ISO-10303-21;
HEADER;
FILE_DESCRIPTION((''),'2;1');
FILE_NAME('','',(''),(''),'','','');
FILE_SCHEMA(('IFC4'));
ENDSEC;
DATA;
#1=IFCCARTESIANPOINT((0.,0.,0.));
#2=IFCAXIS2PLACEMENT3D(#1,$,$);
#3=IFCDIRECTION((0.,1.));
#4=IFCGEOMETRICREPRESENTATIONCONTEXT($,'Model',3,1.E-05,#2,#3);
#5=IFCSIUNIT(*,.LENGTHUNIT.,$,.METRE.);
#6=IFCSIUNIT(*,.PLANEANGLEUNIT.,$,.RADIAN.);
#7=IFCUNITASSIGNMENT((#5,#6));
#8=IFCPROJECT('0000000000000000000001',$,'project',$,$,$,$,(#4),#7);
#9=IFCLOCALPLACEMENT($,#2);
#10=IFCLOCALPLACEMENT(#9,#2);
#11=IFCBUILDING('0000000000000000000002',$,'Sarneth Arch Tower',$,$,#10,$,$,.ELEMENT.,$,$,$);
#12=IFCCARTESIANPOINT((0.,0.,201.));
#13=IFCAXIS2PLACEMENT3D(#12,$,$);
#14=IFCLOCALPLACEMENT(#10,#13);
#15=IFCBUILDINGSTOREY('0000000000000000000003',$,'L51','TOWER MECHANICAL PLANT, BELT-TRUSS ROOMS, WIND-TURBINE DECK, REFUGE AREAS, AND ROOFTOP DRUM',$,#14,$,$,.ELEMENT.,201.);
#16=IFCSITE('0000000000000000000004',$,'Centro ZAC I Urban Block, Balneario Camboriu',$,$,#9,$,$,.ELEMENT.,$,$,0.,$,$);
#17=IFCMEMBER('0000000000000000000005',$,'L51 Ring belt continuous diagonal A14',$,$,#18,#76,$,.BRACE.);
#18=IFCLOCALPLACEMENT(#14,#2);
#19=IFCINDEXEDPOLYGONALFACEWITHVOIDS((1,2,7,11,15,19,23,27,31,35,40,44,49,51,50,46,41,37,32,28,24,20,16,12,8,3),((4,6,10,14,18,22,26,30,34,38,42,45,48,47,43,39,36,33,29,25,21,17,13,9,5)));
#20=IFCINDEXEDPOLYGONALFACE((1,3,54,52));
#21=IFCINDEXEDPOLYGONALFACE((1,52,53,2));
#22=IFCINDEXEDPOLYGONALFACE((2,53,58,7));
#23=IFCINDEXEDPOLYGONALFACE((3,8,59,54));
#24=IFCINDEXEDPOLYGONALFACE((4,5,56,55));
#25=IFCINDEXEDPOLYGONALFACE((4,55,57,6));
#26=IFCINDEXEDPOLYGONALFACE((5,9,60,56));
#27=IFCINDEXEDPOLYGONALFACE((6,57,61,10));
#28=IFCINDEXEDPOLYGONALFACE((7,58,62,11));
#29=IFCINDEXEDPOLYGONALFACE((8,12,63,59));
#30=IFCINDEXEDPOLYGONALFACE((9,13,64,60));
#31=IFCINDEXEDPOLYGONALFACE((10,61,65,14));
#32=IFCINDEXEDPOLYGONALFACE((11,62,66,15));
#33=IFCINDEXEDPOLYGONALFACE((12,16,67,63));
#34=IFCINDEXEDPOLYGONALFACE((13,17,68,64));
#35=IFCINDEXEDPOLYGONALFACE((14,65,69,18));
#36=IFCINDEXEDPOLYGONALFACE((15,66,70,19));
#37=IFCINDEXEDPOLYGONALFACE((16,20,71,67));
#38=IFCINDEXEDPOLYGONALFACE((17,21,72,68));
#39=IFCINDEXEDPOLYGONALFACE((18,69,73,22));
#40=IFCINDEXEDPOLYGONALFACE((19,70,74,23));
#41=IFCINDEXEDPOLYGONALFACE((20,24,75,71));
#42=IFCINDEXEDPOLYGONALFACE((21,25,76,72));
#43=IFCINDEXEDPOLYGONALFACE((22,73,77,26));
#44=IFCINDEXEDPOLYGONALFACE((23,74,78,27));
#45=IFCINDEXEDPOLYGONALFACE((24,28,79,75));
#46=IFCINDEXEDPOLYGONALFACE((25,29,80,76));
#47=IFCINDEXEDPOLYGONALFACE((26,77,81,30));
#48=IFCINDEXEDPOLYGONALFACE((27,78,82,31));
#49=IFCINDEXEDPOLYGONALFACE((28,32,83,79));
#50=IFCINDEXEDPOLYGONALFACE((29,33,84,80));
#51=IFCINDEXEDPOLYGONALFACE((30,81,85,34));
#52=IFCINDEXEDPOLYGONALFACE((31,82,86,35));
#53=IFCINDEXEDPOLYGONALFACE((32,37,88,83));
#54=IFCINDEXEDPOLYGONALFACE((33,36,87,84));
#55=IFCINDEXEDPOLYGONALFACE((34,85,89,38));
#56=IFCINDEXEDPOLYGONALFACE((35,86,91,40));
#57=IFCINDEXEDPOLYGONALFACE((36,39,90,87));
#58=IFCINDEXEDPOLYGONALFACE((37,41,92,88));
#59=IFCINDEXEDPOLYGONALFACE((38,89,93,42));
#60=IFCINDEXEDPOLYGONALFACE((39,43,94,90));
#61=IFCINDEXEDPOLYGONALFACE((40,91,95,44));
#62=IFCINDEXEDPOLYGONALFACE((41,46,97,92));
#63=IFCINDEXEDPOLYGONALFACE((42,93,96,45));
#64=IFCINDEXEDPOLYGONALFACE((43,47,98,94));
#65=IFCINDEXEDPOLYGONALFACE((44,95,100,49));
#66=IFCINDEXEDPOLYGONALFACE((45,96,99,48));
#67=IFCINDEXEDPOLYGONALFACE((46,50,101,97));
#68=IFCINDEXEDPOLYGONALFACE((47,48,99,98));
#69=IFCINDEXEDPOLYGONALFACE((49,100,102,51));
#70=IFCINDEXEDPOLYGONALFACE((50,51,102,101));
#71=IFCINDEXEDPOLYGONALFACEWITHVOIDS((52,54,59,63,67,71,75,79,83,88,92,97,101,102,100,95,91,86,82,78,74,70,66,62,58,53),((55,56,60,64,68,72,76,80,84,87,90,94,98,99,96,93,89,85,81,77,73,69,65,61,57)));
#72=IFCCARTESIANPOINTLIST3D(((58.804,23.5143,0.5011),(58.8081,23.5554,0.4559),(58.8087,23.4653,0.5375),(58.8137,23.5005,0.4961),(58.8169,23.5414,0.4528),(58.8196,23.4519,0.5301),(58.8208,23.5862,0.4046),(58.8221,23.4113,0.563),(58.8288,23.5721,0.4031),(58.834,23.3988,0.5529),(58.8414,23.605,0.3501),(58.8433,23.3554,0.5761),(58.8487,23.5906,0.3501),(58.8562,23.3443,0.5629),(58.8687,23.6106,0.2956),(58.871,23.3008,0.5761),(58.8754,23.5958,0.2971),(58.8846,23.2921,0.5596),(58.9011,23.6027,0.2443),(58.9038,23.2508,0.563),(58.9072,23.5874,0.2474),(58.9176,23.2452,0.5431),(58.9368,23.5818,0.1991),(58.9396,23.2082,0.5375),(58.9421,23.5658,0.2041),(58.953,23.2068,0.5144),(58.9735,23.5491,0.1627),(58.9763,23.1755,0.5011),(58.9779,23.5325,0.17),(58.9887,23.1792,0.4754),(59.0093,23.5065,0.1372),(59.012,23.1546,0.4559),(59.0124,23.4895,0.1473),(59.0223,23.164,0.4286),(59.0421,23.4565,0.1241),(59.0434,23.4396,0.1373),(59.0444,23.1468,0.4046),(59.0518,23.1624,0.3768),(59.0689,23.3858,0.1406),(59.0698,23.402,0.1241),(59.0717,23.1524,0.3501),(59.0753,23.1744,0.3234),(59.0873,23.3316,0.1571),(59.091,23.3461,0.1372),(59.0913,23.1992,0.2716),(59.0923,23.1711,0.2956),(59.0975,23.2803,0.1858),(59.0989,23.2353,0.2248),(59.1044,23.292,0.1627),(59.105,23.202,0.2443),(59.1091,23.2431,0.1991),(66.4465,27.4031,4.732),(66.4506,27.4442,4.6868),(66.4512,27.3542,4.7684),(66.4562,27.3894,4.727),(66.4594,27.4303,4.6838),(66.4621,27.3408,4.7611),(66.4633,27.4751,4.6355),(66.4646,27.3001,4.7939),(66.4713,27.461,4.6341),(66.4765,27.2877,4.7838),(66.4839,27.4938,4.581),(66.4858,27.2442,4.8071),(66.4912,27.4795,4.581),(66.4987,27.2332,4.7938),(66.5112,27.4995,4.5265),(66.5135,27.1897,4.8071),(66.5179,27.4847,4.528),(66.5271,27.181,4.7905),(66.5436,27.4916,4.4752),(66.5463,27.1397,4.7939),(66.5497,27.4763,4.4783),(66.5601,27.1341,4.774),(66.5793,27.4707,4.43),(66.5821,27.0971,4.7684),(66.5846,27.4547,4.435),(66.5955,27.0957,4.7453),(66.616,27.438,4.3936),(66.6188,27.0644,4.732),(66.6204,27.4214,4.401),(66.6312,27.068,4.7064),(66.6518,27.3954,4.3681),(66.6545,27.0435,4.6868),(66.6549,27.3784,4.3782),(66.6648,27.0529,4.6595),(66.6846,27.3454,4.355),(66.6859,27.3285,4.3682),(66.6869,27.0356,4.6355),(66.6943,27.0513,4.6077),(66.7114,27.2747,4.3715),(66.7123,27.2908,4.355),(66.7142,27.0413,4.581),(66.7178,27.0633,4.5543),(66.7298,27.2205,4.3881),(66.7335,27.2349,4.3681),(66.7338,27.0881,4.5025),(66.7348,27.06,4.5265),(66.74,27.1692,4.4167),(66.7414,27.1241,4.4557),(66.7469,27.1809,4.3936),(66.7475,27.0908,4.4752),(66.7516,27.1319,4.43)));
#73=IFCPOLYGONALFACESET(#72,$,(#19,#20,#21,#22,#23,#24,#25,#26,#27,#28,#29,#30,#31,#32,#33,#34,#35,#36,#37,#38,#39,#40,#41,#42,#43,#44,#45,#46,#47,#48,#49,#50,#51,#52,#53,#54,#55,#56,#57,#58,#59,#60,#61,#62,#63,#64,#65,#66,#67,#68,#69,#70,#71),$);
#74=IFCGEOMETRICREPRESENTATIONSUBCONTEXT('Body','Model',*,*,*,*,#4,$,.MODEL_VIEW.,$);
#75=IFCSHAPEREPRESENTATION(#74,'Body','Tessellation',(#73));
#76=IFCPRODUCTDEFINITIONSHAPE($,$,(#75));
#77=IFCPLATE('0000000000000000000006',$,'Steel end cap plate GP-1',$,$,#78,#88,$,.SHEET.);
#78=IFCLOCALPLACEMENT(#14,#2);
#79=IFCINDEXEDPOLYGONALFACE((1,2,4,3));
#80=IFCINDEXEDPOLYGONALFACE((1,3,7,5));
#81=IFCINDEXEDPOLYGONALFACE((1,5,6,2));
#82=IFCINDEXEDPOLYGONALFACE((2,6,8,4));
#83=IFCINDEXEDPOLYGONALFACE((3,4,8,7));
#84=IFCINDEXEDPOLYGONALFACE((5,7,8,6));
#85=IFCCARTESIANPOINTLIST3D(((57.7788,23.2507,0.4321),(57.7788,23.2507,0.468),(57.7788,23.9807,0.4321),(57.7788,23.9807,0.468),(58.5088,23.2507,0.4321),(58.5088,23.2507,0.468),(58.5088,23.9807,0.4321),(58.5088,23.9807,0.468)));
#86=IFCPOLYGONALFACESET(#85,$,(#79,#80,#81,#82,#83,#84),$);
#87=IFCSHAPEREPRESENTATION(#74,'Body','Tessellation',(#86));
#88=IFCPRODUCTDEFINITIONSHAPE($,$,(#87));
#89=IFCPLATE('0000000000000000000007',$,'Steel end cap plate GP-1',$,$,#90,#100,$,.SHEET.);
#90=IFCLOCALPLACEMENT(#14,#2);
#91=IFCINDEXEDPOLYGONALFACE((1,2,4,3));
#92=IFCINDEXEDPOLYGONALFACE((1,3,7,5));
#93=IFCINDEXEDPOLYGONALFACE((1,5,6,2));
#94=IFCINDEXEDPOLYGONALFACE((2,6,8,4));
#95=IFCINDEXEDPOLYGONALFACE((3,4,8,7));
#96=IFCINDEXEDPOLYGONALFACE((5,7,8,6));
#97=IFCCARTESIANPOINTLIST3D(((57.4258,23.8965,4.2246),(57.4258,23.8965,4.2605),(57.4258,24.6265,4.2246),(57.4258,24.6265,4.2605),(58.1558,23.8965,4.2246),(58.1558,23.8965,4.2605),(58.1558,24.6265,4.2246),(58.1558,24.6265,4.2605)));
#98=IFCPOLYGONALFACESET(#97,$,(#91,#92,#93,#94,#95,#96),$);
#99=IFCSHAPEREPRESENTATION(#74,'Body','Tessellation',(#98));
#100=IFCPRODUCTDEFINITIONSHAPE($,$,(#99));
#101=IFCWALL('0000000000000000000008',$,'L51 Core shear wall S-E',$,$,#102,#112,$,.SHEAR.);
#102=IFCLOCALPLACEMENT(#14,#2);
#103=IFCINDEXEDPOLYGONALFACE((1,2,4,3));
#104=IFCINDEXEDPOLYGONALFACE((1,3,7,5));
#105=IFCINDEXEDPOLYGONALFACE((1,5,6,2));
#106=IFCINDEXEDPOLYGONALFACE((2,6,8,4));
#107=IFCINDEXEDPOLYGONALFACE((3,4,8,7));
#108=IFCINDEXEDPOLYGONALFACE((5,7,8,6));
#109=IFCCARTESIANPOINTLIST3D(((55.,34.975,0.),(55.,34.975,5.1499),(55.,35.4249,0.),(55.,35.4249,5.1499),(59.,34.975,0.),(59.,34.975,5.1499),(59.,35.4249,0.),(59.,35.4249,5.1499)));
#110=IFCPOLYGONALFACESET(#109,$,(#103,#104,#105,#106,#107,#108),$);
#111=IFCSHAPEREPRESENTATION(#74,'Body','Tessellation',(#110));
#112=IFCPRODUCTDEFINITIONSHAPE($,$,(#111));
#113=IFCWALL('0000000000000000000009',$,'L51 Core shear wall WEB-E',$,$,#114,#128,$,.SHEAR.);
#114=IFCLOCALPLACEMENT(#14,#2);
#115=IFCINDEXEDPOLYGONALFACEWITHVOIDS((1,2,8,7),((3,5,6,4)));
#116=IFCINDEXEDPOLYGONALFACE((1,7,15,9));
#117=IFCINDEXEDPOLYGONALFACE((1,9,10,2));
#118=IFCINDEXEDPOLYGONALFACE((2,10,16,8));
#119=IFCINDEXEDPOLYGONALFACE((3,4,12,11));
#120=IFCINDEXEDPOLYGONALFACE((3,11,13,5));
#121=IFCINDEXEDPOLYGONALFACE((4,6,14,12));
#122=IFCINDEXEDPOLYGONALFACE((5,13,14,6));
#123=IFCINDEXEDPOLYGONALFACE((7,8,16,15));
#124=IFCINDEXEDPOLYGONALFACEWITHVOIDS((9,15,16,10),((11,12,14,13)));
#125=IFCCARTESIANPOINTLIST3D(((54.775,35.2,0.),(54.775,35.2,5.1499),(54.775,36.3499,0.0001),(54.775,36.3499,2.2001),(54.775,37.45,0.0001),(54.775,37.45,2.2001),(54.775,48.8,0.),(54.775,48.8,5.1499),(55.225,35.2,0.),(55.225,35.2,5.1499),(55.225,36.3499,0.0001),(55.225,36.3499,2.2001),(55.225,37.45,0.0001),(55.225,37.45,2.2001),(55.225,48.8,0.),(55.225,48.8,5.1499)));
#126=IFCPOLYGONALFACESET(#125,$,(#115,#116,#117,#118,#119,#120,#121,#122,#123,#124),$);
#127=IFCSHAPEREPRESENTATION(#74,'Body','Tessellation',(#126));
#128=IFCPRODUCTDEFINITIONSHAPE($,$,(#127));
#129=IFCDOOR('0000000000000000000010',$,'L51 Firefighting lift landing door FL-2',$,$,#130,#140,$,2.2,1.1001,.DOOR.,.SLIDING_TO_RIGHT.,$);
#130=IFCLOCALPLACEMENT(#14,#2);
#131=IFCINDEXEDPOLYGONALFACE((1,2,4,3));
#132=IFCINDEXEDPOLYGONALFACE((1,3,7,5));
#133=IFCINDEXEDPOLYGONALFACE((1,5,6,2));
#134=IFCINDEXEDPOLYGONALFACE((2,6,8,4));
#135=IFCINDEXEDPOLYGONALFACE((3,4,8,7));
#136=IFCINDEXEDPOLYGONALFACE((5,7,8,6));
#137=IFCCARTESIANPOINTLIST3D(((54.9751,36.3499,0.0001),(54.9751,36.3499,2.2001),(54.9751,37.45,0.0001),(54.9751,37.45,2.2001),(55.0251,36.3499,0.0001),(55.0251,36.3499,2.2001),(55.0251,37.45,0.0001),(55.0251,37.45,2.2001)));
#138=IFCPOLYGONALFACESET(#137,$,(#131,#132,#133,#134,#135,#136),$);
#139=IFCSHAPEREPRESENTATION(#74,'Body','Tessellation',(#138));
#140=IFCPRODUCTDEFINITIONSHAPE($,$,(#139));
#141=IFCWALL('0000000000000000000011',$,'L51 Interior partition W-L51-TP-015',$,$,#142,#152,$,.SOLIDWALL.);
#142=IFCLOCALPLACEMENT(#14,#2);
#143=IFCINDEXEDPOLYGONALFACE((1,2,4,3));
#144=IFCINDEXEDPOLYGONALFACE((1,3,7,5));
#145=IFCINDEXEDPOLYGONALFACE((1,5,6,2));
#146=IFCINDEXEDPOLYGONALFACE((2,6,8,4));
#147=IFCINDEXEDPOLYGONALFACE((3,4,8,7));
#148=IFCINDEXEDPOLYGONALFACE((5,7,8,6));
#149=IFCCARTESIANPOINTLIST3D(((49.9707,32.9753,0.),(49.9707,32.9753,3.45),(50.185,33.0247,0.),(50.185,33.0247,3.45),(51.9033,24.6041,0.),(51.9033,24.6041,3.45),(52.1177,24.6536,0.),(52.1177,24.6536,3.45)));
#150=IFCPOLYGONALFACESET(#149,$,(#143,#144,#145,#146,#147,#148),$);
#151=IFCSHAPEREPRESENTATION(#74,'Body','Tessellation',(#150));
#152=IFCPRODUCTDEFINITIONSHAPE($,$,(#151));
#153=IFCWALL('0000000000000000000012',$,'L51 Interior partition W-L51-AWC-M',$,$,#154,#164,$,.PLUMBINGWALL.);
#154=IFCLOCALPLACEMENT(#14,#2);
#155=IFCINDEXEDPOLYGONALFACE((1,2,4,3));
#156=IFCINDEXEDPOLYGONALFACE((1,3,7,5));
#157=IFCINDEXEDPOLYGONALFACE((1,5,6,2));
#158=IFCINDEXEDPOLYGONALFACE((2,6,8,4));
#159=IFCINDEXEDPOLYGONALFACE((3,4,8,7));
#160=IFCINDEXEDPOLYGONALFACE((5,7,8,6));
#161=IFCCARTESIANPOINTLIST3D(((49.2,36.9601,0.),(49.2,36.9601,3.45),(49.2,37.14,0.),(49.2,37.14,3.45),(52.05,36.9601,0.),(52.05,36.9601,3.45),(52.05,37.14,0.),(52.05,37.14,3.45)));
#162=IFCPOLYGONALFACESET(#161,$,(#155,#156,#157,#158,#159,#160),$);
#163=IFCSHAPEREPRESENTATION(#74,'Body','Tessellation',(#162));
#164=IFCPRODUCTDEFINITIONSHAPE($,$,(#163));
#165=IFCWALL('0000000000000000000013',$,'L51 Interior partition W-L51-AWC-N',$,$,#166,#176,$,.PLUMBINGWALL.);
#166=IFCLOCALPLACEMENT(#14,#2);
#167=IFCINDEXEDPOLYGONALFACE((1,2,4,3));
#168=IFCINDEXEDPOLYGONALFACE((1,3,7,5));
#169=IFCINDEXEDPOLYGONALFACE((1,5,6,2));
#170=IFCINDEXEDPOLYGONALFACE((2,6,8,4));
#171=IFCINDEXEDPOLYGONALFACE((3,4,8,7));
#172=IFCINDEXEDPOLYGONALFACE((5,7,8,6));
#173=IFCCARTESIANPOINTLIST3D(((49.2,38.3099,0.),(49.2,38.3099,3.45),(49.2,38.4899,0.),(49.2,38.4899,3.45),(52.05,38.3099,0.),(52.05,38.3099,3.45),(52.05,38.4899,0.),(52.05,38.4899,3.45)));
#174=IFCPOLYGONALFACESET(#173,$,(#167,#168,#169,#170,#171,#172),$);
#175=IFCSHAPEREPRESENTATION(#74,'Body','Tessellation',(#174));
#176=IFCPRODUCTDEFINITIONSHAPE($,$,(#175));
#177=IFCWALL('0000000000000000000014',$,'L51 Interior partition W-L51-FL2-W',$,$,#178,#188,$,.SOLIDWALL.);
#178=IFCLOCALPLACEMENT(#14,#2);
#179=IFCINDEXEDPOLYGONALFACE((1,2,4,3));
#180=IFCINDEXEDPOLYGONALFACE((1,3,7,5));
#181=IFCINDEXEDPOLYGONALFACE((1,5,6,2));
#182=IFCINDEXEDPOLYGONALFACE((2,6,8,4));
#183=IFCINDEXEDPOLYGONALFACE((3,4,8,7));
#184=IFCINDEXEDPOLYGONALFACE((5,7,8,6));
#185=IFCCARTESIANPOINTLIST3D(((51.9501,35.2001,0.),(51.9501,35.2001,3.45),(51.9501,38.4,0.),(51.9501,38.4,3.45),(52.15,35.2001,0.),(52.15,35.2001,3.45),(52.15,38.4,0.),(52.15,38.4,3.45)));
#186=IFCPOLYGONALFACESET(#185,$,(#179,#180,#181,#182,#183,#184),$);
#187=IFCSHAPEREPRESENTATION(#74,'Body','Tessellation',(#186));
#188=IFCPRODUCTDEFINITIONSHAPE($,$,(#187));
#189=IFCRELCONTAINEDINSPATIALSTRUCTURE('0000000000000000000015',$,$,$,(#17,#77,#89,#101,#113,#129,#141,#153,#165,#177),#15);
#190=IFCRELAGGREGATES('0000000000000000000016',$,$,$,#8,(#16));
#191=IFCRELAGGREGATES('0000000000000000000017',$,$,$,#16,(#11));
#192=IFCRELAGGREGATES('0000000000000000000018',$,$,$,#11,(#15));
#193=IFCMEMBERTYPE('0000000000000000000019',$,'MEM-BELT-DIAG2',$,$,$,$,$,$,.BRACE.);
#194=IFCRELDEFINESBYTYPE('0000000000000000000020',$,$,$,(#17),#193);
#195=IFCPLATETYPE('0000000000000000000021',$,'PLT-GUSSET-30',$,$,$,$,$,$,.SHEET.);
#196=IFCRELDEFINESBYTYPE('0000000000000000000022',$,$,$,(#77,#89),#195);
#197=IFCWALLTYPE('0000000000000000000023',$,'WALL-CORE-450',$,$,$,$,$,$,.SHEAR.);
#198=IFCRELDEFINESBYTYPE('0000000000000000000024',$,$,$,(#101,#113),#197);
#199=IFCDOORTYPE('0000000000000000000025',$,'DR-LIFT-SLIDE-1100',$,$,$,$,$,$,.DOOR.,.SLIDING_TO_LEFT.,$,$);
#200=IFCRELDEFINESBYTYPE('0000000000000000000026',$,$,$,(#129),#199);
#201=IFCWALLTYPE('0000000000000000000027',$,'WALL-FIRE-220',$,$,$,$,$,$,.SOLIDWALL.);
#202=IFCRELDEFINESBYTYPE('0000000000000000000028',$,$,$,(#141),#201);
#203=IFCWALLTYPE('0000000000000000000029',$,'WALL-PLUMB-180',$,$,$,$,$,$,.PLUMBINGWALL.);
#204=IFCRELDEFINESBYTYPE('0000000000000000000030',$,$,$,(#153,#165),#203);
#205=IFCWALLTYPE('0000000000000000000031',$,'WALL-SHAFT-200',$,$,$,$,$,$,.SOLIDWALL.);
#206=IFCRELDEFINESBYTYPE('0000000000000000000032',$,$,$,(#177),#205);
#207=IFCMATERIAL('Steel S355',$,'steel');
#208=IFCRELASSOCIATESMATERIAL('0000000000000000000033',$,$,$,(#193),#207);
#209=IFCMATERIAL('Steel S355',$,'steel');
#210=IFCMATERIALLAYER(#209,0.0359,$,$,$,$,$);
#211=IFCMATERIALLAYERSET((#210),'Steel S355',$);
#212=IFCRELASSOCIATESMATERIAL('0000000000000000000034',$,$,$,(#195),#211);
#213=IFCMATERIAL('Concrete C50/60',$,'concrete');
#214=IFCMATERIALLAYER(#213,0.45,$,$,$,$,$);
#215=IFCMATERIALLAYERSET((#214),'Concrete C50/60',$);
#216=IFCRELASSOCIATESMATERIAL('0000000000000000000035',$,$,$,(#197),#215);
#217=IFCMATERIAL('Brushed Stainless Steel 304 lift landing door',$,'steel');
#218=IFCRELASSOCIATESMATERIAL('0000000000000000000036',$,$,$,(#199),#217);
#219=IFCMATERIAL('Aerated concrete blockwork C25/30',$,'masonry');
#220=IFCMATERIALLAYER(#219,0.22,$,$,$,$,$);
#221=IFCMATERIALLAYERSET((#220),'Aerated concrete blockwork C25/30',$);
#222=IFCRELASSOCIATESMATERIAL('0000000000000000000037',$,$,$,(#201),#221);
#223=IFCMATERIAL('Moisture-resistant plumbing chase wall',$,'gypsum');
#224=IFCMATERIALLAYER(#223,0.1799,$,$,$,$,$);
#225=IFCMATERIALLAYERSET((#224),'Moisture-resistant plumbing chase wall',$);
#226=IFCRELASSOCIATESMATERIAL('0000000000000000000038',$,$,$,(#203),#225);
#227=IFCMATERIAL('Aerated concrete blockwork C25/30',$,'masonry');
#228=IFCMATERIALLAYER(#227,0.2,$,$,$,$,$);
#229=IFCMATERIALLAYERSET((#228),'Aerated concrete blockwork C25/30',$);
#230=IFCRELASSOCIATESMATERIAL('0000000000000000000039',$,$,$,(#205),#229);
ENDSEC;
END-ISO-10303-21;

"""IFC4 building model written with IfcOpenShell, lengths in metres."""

from ifc_helpers import new_model, si_unit, direction, frame, frame_2d, origin, origin_2d, place, context, subcontext, project, spatial, rectangle, hollow_circle, extrude, material, layer, layer_set, material_profile, profile_set, type_object, element, fill, save


model = new_model("IFC4")

# Units and contexts
model_context = context("Model", 3, precision=1e-05, world=origin(), true_north=direction((0.0, 1.0)))
body_context = subcontext(model_context, "Body", "Model", "MODEL_VIEW")
ifc_project = project(units=[si_unit("LENGTHUNIT", "METRE"), si_unit("PLANEANGLEUNIT", "RADIAN")], contexts=[model_context])

# Site, building, storey
site_placement = place(None, origin())
site = spatial("IfcSite", under=ifc_project, at=site_placement, Name="Centro ZAC I Urban Block, Balneario Camboriu", CompositionType="ELEMENT", RefElevation=0.0)
building_placement = place(site_placement, origin())
building = spatial("IfcBuilding", under=site, at=building_placement, Name="Sarneth Arch Tower", CompositionType="ELEMENT")
storey_placement = place(building_placement, frame((0.0, 0.0, 201.0)))
storey = spatial("IfcBuildingStorey", under=building, at=storey_placement, Name="L51", Description="TOWER MECHANICAL PLANT, BELT-TRUSS ROOMS, WIND-TURBINE DECK, REFUGE AREAS, AND ROOFTOP DRUM", CompositionType="ELEMENT", Elevation=201.0)

# Member
ifc_material_1 = material(Name="Steel S355", Category="steel")
ifc_material_profile_1 = material_profile(ifc_material_1, hollow_circle(Radius=0.2539, WallThickness=0.0161, at=origin_2d()), Name="CHS508x16")
ifc_profile_set_1 = profile_set([ifc_material_profile_1], Name="Steel S355")
member_type_1 = type_object("IfcMemberType", Name="MEM-BELT-DIAG2", PredefinedType="BRACE", material=ifc_profile_set_1)
member_1_placement = place(storey_placement, frame((58.9565, 23.3787, 0.3501), z_axis=(0.799258, 0.406701, 0.442472), x_axis=(-0.453512, 0.89125, 0.0)))
element("IfcMember", 1, at=member_1_placement, inside=storey, type_object=member_type_1, Name="L51 Ring belt continuous diagonal A14", PredefinedType="BRACE", context=body_context, shape_type="SweptSolid", body=[
    extrude(hollow_circle(Radius=0.2539, WallThickness=0.0161, at=origin_2d()), origin(), (0.0, 0.0, 1.0), 9.562),
])

# Plates
ifc_material_2 = material(Name="Steel S355", Category="steel")
ifc_layer_1 = layer(ifc_material_2, 0.0359)
ifc_layer_set_1 = layer_set([ifc_layer_1], Name="Steel S355")
plate_type = type_object("IfcPlateType", Name="PLT-GUSSET-30", PredefinedType="SHEET", material=ifc_layer_set_1)
for number, where, z_axis, x_axis, name in (
    (2, (58.1438, 23.6157, 0.4321), (0.0, 0.0, 1.0), (1.0, 0.0, 0.0), "Steel end cap plate GP-1"),
    (3, (57.7908, 24.2615, 4.2246), (0.0, 0.0, 1.0), (1.0, 0.0, 0.0), "Steel end cap plate GP-1"),
):
    element("IfcPlate", number, at=place(storey_placement, frame(where, z_axis=z_axis, x_axis=x_axis)), inside=storey, type_object=plate_type, Name=name, PredefinedType="SHEET", context=body_context, shape_type="SweptSolid", body=[
        extrude(rectangle(XDim=0.73, YDim=0.73, at=origin_2d()), origin(), (0.0, 0.0, 1.0), 0.0359),
    ])

# Wall
ifc_material_3 = material(Name="Concrete C50/60", Category="concrete")
ifc_layer_2 = layer(ifc_material_3, 0.45)
ifc_layer_set_2 = layer_set([ifc_layer_2], Name="Concrete C50/60")
wall_type_1 = type_object("IfcWallType", Name="WALL-CORE-450", PredefinedType="SHEAR", material=ifc_layer_set_2)
wall_1_placement = place(storey_placement, frame((55.0, 35.2, 0.0), z_axis=(0.0, 0.0, 1.0), x_axis=(1.0, 0.0, 0.0)))
element("IfcWall", 4, at=wall_1_placement, inside=storey, type_object=wall_type_1, Name="L51 Core shear wall S-E", PredefinedType="SHEAR", context=body_context, shape_type="SweptSolid", body=[
    extrude(rectangle(XDim=4.0, YDim=0.45, at=frame_2d((2.0, 0.0))), origin(), (0.0, 0.0, 1.0), 5.1499),
])

# Wall, opening, door
wall_2_placement = place(storey_placement, frame((55.0, 35.2, 0.0), z_axis=(0.0, 0.0, 1.0), x_axis=(0.0, 1.0, 0.0)))
wall_2 = element("IfcWall", 5, at=wall_2_placement, inside=storey, type_object=wall_type_1, Name="L51 Core shear wall WEB-E", PredefinedType="SHEAR", context=body_context, shape_type="SweptSolid", body=[
    extrude(rectangle(XDim=13.6001, YDim=0.45, at=frame_2d((6.8, 0.0))), origin(), (0.0, 0.0, 1.0), 5.1499),
])
opening_1_placement = place(wall_2_placement, frame((1.1499, 0.0, 0.0)))
opening_1 = element("IfcOpeningElement", 6, at=opening_1_placement, cuts=wall_2, PredefinedType="OPENING", context=body_context, shape_type="SweptSolid", body=[
    extrude(rectangle(XDim=1.1001, YDim=2.2, at=frame_2d((0.55, 1.1001))), frame((0.0, 0.2349, 0.0), z_axis=(0.0, -1.0, 0.0), x_axis=(1.0, 0.0, 0.0)), (0.0, 0.0, 1.0), 0.47),
])
ifc_material_4 = material(Name="Brushed Stainless Steel 304 lift landing door", Category="steel")
door_type_1 = type_object("IfcDoorType", Name="DR-LIFT-SLIDE-1100", OperationType="SLIDING_TO_LEFT", PredefinedType="DOOR", material=ifc_material_4)
door_1_placement = place(opening_1_placement, origin())
door_1 = element("IfcDoor", 7, at=door_1_placement, inside=storey, type_object=door_type_1, Name="L51 Firefighting lift landing door FL-2", OperationType="SLIDING_TO_RIGHT", OverallHeight=2.2, OverallWidth=1.1001, PredefinedType="DOOR", context=body_context, shape_type="SweptSolid", body=[
    extrude(rectangle(XDim=1.1001, YDim=2.2, at=frame_2d((0.55, 1.1001))), frame((0.0, 0.0249, 0.0), z_axis=(0.0, -1.0, 0.0), x_axis=(1.0, 0.0, 0.0)), (0.0, 0.0, 1.0), 0.05),
])
fill(opening_1, door_1)

# Walls
ifc_material_5 = material(Name="Aerated concrete blockwork C25/30", Category="masonry")
ifc_layer_3 = layer(ifc_material_5, 0.22)
ifc_layer_set_3 = layer_set([ifc_layer_3], Name="Aerated concrete blockwork C25/30")
wall_type_2 = type_object("IfcWallType", Name="WALL-FIRE-220", PredefinedType="SOLIDWALL", material=ifc_layer_set_3)
wall_3_placement = place(storey_placement, frame((50.0779, 33.0, 0.0), z_axis=(0.0, 0.0, 1.0), x_axis=(0.224951, -0.97437, 0.0)))
element("IfcWall", 8, at=wall_3_placement, inside=storey, type_object=wall_type_2, Name="L51 Interior partition W-L51-TP-015", PredefinedType="SOLIDWALL", context=body_context, shape_type="SweptSolid", body=[
    extrude(rectangle(XDim=8.5913, YDim=0.22, at=frame_2d((4.2957, 0.0))), origin(), (0.0, 0.0, 1.0), 3.45),
])
ifc_material_6 = material(Name="Moisture-resistant plumbing chase wall", Category="gypsum")
ifc_layer_4 = layer(ifc_material_6, 0.1799)
ifc_layer_set_4 = layer_set([ifc_layer_4], Name="Moisture-resistant plumbing chase wall")
wall_type_3 = type_object("IfcWallType", Name="WALL-PLUMB-180", PredefinedType="PLUMBINGWALL", material=ifc_layer_set_4)
for number, where, z_axis, x_axis, name in (
    (9, (49.2, 37.05, 0.0), (0.0, 0.0, 1.0), (1.0, 0.0, 0.0), "L51 Interior partition W-L51-AWC-M"),
    (10, (49.2, 38.3999, 0.0), (0.0, 0.0, 1.0), (1.0, 0.0, 0.0), "L51 Interior partition W-L51-AWC-N"),
):
    element("IfcWall", number, at=place(storey_placement, frame(where, z_axis=z_axis, x_axis=x_axis)), inside=storey, type_object=wall_type_3, Name=name, PredefinedType="PLUMBINGWALL", context=body_context, shape_type="SweptSolid", body=[
        extrude(rectangle(XDim=2.8501, YDim=0.1799, at=frame_2d((1.425, 0.0))), origin(), (0.0, 0.0, 1.0), 3.45),
    ])

# Shared definitions
ifc_material_7 = material(Name="Aerated concrete blockwork C25/30", Category="masonry")
ifc_layer_5 = layer(ifc_material_7, 0.2)
ifc_layer_set_5 = layer_set([ifc_layer_5], Name="Aerated concrete blockwork C25/30")
wall_type_4 = type_object("IfcWallType", Name="WALL-SHAFT-200", PredefinedType="SOLIDWALL", material=ifc_layer_set_5)

# Wall
wall_4_placement = place(storey_placement, frame((52.05, 35.2, 0.0), z_axis=(0.0, 0.0, 1.0), x_axis=(0.0, 1.0, 0.0)))
element("IfcWall", 11, at=wall_4_placement, inside=storey, type_object=wall_type_4, Name="L51 Interior partition W-L51-FL2-W", PredefinedType="SOLIDWALL", context=body_context, shape_type="SweptSolid", body=[
    extrude(rectangle(XDim=3.2, YDim=0.2, at=frame_2d((1.6001, 0.0))), origin(), (0.0, 0.0, 1.0), 3.45),
])

save(model, "model.ifc")
